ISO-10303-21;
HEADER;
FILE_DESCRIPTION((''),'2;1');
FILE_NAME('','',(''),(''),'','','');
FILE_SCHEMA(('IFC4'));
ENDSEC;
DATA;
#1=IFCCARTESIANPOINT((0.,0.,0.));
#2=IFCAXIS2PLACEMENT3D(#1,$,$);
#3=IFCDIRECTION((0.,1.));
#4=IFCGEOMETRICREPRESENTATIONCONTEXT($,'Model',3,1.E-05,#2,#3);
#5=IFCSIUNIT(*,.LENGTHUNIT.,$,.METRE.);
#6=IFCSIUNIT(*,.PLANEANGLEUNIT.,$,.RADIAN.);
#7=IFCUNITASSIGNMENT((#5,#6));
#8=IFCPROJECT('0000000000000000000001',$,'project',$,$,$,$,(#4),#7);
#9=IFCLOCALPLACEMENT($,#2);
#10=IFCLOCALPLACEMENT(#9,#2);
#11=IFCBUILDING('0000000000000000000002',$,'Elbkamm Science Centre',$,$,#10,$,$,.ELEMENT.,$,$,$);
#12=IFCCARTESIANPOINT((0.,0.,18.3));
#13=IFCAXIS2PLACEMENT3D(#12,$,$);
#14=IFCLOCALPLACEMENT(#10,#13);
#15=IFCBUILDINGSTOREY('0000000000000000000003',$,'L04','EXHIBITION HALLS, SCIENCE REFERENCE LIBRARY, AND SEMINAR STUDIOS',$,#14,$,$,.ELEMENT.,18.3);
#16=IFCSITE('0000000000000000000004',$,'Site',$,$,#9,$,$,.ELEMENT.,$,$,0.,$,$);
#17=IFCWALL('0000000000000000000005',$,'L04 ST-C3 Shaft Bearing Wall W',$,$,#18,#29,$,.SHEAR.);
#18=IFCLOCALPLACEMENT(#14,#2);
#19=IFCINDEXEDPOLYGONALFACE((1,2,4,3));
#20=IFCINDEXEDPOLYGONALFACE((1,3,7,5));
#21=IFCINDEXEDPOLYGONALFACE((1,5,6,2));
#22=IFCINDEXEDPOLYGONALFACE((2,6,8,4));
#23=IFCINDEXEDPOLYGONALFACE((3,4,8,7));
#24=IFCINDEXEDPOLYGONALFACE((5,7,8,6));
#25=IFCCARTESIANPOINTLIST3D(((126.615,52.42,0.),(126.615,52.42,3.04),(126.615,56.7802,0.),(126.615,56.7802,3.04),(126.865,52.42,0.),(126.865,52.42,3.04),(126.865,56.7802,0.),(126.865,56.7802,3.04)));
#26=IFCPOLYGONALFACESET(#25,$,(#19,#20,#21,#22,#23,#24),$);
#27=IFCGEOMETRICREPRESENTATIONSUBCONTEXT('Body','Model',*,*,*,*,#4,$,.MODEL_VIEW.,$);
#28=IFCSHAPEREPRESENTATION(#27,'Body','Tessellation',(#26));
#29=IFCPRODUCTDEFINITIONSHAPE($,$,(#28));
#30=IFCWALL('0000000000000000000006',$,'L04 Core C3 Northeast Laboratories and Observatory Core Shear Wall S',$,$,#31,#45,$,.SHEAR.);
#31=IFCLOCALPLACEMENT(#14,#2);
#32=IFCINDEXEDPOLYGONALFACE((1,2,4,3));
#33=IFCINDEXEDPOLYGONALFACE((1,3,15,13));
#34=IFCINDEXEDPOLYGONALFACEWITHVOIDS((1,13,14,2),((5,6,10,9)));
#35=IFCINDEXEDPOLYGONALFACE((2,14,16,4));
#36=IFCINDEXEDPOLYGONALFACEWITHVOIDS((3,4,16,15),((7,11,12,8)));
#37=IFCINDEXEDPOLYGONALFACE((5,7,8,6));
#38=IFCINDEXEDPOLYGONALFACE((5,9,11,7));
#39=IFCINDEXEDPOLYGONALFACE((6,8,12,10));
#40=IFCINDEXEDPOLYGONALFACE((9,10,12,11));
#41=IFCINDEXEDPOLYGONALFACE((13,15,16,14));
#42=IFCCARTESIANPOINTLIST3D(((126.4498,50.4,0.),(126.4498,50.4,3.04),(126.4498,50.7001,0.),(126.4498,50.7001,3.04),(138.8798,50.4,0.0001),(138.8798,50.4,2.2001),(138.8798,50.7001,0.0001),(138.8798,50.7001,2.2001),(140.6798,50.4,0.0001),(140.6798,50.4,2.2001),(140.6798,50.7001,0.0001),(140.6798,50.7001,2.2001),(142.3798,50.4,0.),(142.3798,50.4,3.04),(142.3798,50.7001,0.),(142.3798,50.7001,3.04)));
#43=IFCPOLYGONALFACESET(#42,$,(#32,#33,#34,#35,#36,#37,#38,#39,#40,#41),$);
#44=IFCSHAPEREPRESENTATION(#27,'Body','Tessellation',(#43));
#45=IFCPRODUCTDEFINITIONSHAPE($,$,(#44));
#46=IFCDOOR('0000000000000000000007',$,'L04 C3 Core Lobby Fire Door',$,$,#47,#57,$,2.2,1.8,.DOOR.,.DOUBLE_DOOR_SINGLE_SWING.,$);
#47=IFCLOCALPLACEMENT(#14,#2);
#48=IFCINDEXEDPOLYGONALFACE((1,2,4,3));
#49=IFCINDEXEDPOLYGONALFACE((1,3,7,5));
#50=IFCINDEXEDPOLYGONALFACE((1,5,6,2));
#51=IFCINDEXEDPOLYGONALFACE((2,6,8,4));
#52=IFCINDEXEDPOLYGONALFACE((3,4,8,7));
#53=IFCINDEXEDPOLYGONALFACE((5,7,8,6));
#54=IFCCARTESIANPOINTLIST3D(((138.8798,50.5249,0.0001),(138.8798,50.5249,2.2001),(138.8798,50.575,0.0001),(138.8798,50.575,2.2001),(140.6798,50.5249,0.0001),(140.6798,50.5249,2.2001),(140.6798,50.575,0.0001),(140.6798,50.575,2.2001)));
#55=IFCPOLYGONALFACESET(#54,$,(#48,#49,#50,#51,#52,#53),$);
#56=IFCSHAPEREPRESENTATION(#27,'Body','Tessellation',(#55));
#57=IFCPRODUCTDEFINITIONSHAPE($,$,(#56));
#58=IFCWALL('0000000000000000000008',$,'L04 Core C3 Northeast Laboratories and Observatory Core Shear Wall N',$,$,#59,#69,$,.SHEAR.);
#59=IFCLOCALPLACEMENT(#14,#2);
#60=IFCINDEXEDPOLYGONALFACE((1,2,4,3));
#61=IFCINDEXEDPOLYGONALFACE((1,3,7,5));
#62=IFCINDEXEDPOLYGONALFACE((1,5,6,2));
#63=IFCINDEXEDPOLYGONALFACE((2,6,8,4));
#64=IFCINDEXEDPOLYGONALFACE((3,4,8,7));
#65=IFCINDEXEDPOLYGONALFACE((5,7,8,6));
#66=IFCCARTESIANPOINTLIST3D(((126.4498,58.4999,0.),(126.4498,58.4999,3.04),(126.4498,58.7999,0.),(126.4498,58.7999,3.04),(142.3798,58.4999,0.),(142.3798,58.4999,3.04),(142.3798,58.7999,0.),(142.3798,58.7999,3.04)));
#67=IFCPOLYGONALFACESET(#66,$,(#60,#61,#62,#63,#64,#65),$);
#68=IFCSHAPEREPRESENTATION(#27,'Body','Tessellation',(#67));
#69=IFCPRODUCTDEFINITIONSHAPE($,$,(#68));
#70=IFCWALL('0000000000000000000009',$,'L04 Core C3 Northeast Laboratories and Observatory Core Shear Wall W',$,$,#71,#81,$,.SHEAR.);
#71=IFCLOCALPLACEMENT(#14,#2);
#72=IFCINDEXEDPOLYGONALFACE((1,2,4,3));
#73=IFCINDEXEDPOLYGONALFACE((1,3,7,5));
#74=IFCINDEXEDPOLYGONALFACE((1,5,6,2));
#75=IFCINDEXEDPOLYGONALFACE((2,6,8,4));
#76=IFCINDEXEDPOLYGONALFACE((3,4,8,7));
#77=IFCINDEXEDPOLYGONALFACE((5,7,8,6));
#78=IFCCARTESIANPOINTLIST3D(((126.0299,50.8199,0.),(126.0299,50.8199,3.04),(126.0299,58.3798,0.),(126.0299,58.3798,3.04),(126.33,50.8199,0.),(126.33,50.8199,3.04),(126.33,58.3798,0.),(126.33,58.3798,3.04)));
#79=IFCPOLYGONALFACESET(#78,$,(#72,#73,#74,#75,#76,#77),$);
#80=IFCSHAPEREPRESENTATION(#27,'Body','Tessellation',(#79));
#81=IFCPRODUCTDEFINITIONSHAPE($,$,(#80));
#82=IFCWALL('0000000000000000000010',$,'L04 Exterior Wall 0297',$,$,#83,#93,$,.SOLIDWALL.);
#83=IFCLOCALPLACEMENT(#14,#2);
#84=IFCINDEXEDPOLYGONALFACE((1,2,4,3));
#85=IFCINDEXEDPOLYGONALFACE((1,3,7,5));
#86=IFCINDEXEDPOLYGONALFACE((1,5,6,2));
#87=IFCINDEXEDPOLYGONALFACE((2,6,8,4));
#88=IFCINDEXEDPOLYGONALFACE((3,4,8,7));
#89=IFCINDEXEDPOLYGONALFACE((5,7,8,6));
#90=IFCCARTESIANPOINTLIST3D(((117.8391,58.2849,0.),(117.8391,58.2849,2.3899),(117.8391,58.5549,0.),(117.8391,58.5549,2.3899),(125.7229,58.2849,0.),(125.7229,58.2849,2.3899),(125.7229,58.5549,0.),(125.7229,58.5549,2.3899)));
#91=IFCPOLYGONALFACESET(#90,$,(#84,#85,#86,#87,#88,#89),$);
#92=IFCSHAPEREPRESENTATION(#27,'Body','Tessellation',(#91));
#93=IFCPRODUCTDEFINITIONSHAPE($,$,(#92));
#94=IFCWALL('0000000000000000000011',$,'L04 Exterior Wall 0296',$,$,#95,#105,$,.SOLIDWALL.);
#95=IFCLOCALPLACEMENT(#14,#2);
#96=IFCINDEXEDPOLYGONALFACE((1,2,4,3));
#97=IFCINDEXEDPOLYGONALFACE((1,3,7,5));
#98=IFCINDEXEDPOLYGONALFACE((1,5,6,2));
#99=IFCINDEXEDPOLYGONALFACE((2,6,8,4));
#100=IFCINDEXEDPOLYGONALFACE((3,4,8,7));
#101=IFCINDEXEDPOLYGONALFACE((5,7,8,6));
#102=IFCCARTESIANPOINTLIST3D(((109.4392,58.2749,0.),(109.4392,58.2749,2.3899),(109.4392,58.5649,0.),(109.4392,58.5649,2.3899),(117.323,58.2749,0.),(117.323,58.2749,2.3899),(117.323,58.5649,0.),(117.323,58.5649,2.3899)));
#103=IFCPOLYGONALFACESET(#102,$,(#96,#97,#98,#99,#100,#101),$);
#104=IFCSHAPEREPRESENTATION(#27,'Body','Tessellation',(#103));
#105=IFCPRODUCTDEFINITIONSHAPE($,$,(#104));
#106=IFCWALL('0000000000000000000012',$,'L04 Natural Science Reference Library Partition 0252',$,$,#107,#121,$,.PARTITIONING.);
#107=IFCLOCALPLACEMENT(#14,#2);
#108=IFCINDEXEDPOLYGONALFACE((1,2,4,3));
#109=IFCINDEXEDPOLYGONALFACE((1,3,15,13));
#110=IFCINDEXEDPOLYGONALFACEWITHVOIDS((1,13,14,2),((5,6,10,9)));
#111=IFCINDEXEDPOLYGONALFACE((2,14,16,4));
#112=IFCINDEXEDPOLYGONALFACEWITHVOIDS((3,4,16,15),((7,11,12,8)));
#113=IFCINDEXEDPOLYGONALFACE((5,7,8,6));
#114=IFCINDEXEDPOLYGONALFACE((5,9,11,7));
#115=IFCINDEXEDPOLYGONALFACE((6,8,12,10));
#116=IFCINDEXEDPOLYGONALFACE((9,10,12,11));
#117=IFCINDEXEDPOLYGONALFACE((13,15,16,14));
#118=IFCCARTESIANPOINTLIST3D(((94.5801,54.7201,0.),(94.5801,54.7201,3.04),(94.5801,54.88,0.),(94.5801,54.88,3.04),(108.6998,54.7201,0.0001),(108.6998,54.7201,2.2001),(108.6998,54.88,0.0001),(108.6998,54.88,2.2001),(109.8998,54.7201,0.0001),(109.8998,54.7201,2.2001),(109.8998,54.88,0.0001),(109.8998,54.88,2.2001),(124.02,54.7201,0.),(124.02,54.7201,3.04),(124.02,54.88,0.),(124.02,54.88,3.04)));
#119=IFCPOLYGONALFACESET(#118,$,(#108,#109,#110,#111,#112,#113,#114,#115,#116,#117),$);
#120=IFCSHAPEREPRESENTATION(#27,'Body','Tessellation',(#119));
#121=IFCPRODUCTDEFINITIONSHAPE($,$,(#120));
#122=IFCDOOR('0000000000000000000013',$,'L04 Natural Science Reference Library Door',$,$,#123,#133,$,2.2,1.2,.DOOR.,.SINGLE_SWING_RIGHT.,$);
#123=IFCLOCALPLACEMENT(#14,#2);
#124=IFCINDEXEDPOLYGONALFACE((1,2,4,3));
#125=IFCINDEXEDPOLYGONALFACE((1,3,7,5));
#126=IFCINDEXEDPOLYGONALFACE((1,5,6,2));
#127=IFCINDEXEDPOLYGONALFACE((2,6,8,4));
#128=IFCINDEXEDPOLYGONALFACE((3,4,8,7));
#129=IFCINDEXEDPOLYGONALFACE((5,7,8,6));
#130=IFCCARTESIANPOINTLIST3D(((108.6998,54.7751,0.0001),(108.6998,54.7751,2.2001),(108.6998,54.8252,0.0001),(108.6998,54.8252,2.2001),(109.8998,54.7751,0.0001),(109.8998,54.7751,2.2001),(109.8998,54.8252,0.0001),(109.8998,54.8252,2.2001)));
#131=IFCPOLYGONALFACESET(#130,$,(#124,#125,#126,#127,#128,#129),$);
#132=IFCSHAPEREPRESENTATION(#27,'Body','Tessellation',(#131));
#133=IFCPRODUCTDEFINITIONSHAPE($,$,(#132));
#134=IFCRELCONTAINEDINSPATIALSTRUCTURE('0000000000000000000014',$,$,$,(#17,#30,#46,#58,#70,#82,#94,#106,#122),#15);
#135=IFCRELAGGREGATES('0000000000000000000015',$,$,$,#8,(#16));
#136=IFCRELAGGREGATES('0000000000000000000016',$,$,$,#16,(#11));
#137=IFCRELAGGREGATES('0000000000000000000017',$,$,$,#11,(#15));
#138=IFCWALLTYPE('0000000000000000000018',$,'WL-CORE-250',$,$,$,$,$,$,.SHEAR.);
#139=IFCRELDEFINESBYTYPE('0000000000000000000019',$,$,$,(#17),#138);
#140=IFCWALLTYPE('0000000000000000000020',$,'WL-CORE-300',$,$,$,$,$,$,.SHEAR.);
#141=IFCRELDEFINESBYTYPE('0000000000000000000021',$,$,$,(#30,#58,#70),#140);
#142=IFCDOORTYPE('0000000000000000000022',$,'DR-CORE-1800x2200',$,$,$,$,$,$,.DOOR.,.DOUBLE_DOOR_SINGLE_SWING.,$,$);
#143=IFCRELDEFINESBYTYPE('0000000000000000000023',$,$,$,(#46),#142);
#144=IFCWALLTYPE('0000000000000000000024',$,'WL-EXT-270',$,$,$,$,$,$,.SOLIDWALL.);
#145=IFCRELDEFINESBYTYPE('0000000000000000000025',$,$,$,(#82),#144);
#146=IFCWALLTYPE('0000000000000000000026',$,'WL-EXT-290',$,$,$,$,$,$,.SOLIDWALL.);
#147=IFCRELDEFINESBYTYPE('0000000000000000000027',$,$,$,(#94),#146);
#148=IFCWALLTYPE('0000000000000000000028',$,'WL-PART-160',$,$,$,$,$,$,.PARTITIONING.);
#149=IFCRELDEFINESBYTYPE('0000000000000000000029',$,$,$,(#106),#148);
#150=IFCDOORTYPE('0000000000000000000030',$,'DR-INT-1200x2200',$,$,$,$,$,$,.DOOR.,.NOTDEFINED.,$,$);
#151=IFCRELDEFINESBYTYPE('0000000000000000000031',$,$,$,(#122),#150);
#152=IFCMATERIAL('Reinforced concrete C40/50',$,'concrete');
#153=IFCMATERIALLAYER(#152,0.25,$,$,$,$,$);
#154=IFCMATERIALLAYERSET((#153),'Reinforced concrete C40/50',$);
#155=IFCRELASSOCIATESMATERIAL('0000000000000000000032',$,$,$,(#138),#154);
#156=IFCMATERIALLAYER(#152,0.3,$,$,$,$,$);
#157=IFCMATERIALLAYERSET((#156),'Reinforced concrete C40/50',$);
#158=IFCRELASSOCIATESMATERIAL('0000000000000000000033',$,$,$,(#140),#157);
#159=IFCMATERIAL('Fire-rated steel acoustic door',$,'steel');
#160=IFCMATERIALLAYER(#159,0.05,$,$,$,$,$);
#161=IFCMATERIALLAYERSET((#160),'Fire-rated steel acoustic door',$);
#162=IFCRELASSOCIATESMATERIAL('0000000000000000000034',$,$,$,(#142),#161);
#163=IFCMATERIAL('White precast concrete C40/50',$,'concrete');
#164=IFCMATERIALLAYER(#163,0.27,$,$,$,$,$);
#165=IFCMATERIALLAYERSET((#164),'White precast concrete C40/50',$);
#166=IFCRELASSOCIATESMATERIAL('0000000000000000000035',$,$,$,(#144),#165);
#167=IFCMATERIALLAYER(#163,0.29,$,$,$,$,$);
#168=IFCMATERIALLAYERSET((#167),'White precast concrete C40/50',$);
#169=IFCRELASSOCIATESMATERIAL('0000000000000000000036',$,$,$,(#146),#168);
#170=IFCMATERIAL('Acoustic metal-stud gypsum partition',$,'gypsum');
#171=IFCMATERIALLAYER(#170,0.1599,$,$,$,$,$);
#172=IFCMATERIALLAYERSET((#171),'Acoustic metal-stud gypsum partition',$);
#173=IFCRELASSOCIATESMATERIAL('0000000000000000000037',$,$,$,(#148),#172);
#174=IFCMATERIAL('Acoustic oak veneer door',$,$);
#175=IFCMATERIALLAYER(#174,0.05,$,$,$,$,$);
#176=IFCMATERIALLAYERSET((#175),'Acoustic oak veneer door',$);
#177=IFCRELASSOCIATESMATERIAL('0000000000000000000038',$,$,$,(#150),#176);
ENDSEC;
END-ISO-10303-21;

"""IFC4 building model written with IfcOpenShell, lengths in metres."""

from ifc_helpers import new_model, si_unit, direction, frame, frame_2d, origin, place, context, subcontext, project, spatial, rectangle, extrude, material, layer, layer_set, type_object, element, fill, save


model = new_model("IFC4")

# Units and contexts
model_context = context("Model", 3, precision=1e-05, world=origin(), true_north=direction((0.0, 1.0)))
body_context = subcontext(model_context, "Body", "Model", "MODEL_VIEW")
ifc_project = project(units=[si_unit("LENGTHUNIT", "METRE"), si_unit("PLANEANGLEUNIT", "RADIAN")], contexts=[model_context])

# Site, building, storey
site_placement = place(None, origin())
site = spatial("IfcSite", under=ifc_project, at=site_placement, Name="Site", CompositionType="ELEMENT", RefElevation=0.0)
building_placement = place(site_placement, origin())
building = spatial("IfcBuilding", under=site, at=building_placement, Name="Elbkamm Science Centre", CompositionType="ELEMENT")
storey_placement = place(building_placement, frame((0.0, 0.0, 18.3)))
storey = spatial("IfcBuildingStorey", under=building, at=storey_placement, Name="L04", Description="EXHIBITION HALLS, SCIENCE REFERENCE LIBRARY, AND SEMINAR STUDIOS", CompositionType="ELEMENT", Elevation=18.3)

# Wall
ifc_material_1 = material(Name="Reinforced concrete C40/50", Category="concrete")
ifc_layer_1 = layer(ifc_material_1, 0.25)
ifc_layer_set_1 = layer_set([ifc_layer_1], Name="Reinforced concrete C40/50")
wall_type_1 = type_object("IfcWallType", Name="WL-CORE-250", PredefinedType="SHEAR", material=ifc_layer_set_1)
wall_1_placement = place(storey_placement, frame((126.74, 52.4199, 0.0), z_axis=(0.0, 0.0, 1.0), x_axis=(0.0, 1.0, 0.0)))
element("IfcWall", 1, at=wall_1_placement, inside=storey, type_object=wall_type_1, Name="L04 ST-C3 Shaft Bearing Wall W", PredefinedType="SHEAR", context=body_context, shape_type="SweptSolid", body=[
    extrude(rectangle(XDim=4.3601, YDim=0.25, at=frame_2d((2.1802, 0.0))), origin(), (0.0, 0.0, 1.0), 3.04),
])

# Wall, opening, door
ifc_layer_2 = layer(ifc_material_1, 0.3)
ifc_layer_set_2 = layer_set([ifc_layer_2], Name="Reinforced concrete C40/50")
wall_type_2 = type_object("IfcWallType", Name="WL-CORE-300", PredefinedType="SHEAR", material=ifc_layer_set_2)
wall_2_placement = place(storey_placement, frame((126.45, 50.55, 0.0), z_axis=(0.0, 0.0, 1.0), x_axis=(1.0, 0.0, 0.0)))
wall_2 = element("IfcWall", 2, at=wall_2_placement, inside=storey, type_object=wall_type_2, Name="L04 Core C3 Northeast Laboratories and Observatory Core Shear Wall S", PredefinedType="SHEAR", context=body_context, shape_type="SweptSolid", body=[
    extrude(rectangle(XDim=15.9299, YDim=0.3, at=frame_2d((7.9648, 0.0))), origin(), (0.0, 0.0, 1.0), 3.04),
])
opening_1_placement = place(wall_2_placement, frame((12.4299, 0.0, 0.0)))
opening_1 = element("IfcOpeningElement", 3, at=opening_1_placement, cuts=wall_2, PredefinedType="OPENING", context=body_context, shape_type="SweptSolid", body=[
    extrude(rectangle(XDim=1.8, YDim=2.2, at=frame_2d((0.8999, 1.1001))), frame((0.0, 0.1621, 0.0), z_axis=(0.0, -1.0, 0.0), x_axis=(1.0, 0.0, 0.0)), (0.0, 0.0, 1.0), 0.324),
])
ifc_material_2 = material(Name="Fire-rated steel acoustic door", Category="steel")
ifc_layer_3 = layer(ifc_material_2, 0.05)
ifc_layer_set_3 = layer_set([ifc_layer_3], Name="Fire-rated steel acoustic door")
door_type_1 = type_object("IfcDoorType", Name="DR-CORE-1800x2200", OperationType="DOUBLE_DOOR_SINGLE_SWING", PredefinedType="DOOR", material=ifc_layer_set_3)
door_1_placement = place(opening_1_placement, origin())
door_1 = element("IfcDoor", 4, at=door_1_placement, inside=storey, type_object=door_type_1, Name="L04 C3 Core Lobby Fire Door", OperationType="DOUBLE_DOOR_SINGLE_SWING", OverallHeight=2.2, OverallWidth=1.8, PredefinedType="DOOR", context=body_context, shape_type="SweptSolid", body=[
    extrude(rectangle(XDim=1.8, YDim=2.2, at=frame_2d((0.8999, 1.1001))), frame((0.0, 0.0249, 0.0), z_axis=(0.0, -1.0, 0.0), x_axis=(1.0, 0.0, 0.0)), (0.0, 0.0, 1.0), 0.05),
])
fill(opening_1, door_1)

# Walls
wall_3_placement = place(storey_placement, frame((126.45, 58.6499, 0.0), z_axis=(0.0, 0.0, 1.0), x_axis=(1.0, 0.0, 0.0)))
element("IfcWall", 5, at=wall_3_placement, inside=storey, type_object=wall_type_2, Name="L04 Core C3 Northeast Laboratories and Observatory Core Shear Wall N", PredefinedType="SHEAR", context=body_context, shape_type="SweptSolid", body=[
    extrude(rectangle(XDim=15.9299, YDim=0.3, at=frame_2d((7.9648, 0.0))), origin(), (0.0, 0.0, 1.0), 3.04),
])
wall_4_placement = place(storey_placement, frame((126.1799, 50.8201, 0.0), z_axis=(0.0, 0.0, 1.0), x_axis=(0.0, 1.0, 0.0)))
element("IfcWall", 6, at=wall_4_placement, inside=storey, type_object=wall_type_2, Name="L04 Core C3 Northeast Laboratories and Observatory Core Shear Wall W", PredefinedType="SHEAR", context=body_context, shape_type="SweptSolid", body=[
    extrude(rectangle(XDim=7.5598, YDim=0.3, at=frame_2d((3.7798, 0.0))), origin(), (0.0, 0.0, 1.0), 3.04),
])
ifc_material_3 = material(Name="White precast concrete C40/50", Category="concrete")
ifc_layer_4 = layer(ifc_material_3, 0.27)
ifc_layer_set_4 = layer_set([ifc_layer_4], Name="White precast concrete C40/50")
wall_type_3 = type_object("IfcWallType", Name="WL-EXT-270", PredefinedType="SOLIDWALL", material=ifc_layer_set_4)
wall_5_placement = place(storey_placement, frame((117.8391, 58.4199, 0.0), z_axis=(0.0, 0.0, 1.0), x_axis=(1.0, 0.0, 0.0)))
element("IfcWall", 7, at=wall_5_placement, inside=storey, type_object=wall_type_3, Name="L04 Exterior Wall 0297", PredefinedType="SOLIDWALL", context=body_context, shape_type="SweptSolid", body=[
    extrude(rectangle(XDim=7.8838, YDim=0.27, at=frame_2d((3.9419, 0.0))), origin(), (0.0, 0.0, 1.0), 2.3899),
])
ifc_layer_5 = layer(ifc_material_3, 0.29)
ifc_layer_set_5 = layer_set([ifc_layer_5], Name="White precast concrete C40/50")
wall_type_4 = type_object("IfcWallType", Name="WL-EXT-290", PredefinedType="SOLIDWALL", material=ifc_layer_set_5)
wall_6_placement = place(storey_placement, frame((109.4392, 58.4199, 0.0), z_axis=(0.0, 0.0, 1.0), x_axis=(1.0, 0.0, 0.0)))
element("IfcWall", 8, at=wall_6_placement, inside=storey, type_object=wall_type_4, Name="L04 Exterior Wall 0296", PredefinedType="SOLIDWALL", context=body_context, shape_type="SweptSolid", body=[
    extrude(rectangle(XDim=7.8838, YDim=0.29, at=frame_2d((3.9419, 0.0))), origin(), (0.0, 0.0, 1.0), 2.3899),
])

# Wall, opening, door
ifc_material_4 = material(Name="Acoustic metal-stud gypsum partition", Category="gypsum")
ifc_layer_6 = layer(ifc_material_4, 0.1599)
ifc_layer_set_6 = layer_set([ifc_layer_6], Name="Acoustic metal-stud gypsum partition")
wall_type_5 = type_object("IfcWallType", Name="WL-PART-160", PredefinedType="PARTITIONING", material=ifc_layer_set_6)
wall_7_placement = place(storey_placement, frame((124.02, 54.8, 0.0), z_axis=(0.0, 0.0, 1.0), x_axis=(-1.0, 0.0, 0.0)))
wall_7 = element("IfcWall", 9, at=wall_7_placement, inside=storey, type_object=wall_type_5, Name="L04 Natural Science Reference Library Partition 0252", PredefinedType="PARTITIONING", context=body_context, shape_type="SweptSolid", body=[
    extrude(rectangle(XDim=29.4399, YDim=0.1599, at=frame_2d((14.72, 0.0))), origin(), (0.0, 0.0, 1.0), 3.04),
])
opening_2_placement = place(wall_7_placement, frame((14.1201, 0.0, 0.0)))
opening_2 = element("IfcOpeningElement", 10, at=opening_2_placement, cuts=wall_7, PredefinedType="OPENING", context=body_context, shape_type="SweptSolid", body=[
    extrude(rectangle(XDim=1.2, YDim=2.2, at=frame_2d((0.6001, 1.1001))), frame((0.0, 0.0918, 0.0), z_axis=(0.0, -1.0, 0.0), x_axis=(1.0, 0.0, 0.0)), (0.0, 0.0, 1.0), 0.1838),
])
ifc_material_5 = material(Name="Acoustic oak veneer door")
ifc_layer_7 = layer(ifc_material_5, 0.05)
ifc_layer_set_7 = layer_set([ifc_layer_7], Name="Acoustic oak veneer door")
door_type_2 = type_object("IfcDoorType", Name="DR-INT-1200x2200", OperationType="NOTDEFINED", PredefinedType="DOOR", material=ifc_layer_set_7)
door_2_placement = place(opening_2_placement, origin())
door_2 = element("IfcDoor", 11, at=door_2_placement, inside=storey, type_object=door_type_2, Name="L04 Natural Science Reference Library Door", OperationType="SINGLE_SWING_RIGHT", OverallHeight=2.2, OverallWidth=1.2, PredefinedType="DOOR", context=body_context, shape_type="SweptSolid", body=[
    extrude(rectangle(XDim=1.2, YDim=2.2, at=frame_2d((0.6001, 1.1001))), frame((0.0, 0.0249, 0.0), z_axis=(0.0, -1.0, 0.0), x_axis=(1.0, 0.0, 0.0)), (0.0, 0.0, 1.0), 0.05),
])
fill(opening_2, door_2)

save(model, "model.ifc")
